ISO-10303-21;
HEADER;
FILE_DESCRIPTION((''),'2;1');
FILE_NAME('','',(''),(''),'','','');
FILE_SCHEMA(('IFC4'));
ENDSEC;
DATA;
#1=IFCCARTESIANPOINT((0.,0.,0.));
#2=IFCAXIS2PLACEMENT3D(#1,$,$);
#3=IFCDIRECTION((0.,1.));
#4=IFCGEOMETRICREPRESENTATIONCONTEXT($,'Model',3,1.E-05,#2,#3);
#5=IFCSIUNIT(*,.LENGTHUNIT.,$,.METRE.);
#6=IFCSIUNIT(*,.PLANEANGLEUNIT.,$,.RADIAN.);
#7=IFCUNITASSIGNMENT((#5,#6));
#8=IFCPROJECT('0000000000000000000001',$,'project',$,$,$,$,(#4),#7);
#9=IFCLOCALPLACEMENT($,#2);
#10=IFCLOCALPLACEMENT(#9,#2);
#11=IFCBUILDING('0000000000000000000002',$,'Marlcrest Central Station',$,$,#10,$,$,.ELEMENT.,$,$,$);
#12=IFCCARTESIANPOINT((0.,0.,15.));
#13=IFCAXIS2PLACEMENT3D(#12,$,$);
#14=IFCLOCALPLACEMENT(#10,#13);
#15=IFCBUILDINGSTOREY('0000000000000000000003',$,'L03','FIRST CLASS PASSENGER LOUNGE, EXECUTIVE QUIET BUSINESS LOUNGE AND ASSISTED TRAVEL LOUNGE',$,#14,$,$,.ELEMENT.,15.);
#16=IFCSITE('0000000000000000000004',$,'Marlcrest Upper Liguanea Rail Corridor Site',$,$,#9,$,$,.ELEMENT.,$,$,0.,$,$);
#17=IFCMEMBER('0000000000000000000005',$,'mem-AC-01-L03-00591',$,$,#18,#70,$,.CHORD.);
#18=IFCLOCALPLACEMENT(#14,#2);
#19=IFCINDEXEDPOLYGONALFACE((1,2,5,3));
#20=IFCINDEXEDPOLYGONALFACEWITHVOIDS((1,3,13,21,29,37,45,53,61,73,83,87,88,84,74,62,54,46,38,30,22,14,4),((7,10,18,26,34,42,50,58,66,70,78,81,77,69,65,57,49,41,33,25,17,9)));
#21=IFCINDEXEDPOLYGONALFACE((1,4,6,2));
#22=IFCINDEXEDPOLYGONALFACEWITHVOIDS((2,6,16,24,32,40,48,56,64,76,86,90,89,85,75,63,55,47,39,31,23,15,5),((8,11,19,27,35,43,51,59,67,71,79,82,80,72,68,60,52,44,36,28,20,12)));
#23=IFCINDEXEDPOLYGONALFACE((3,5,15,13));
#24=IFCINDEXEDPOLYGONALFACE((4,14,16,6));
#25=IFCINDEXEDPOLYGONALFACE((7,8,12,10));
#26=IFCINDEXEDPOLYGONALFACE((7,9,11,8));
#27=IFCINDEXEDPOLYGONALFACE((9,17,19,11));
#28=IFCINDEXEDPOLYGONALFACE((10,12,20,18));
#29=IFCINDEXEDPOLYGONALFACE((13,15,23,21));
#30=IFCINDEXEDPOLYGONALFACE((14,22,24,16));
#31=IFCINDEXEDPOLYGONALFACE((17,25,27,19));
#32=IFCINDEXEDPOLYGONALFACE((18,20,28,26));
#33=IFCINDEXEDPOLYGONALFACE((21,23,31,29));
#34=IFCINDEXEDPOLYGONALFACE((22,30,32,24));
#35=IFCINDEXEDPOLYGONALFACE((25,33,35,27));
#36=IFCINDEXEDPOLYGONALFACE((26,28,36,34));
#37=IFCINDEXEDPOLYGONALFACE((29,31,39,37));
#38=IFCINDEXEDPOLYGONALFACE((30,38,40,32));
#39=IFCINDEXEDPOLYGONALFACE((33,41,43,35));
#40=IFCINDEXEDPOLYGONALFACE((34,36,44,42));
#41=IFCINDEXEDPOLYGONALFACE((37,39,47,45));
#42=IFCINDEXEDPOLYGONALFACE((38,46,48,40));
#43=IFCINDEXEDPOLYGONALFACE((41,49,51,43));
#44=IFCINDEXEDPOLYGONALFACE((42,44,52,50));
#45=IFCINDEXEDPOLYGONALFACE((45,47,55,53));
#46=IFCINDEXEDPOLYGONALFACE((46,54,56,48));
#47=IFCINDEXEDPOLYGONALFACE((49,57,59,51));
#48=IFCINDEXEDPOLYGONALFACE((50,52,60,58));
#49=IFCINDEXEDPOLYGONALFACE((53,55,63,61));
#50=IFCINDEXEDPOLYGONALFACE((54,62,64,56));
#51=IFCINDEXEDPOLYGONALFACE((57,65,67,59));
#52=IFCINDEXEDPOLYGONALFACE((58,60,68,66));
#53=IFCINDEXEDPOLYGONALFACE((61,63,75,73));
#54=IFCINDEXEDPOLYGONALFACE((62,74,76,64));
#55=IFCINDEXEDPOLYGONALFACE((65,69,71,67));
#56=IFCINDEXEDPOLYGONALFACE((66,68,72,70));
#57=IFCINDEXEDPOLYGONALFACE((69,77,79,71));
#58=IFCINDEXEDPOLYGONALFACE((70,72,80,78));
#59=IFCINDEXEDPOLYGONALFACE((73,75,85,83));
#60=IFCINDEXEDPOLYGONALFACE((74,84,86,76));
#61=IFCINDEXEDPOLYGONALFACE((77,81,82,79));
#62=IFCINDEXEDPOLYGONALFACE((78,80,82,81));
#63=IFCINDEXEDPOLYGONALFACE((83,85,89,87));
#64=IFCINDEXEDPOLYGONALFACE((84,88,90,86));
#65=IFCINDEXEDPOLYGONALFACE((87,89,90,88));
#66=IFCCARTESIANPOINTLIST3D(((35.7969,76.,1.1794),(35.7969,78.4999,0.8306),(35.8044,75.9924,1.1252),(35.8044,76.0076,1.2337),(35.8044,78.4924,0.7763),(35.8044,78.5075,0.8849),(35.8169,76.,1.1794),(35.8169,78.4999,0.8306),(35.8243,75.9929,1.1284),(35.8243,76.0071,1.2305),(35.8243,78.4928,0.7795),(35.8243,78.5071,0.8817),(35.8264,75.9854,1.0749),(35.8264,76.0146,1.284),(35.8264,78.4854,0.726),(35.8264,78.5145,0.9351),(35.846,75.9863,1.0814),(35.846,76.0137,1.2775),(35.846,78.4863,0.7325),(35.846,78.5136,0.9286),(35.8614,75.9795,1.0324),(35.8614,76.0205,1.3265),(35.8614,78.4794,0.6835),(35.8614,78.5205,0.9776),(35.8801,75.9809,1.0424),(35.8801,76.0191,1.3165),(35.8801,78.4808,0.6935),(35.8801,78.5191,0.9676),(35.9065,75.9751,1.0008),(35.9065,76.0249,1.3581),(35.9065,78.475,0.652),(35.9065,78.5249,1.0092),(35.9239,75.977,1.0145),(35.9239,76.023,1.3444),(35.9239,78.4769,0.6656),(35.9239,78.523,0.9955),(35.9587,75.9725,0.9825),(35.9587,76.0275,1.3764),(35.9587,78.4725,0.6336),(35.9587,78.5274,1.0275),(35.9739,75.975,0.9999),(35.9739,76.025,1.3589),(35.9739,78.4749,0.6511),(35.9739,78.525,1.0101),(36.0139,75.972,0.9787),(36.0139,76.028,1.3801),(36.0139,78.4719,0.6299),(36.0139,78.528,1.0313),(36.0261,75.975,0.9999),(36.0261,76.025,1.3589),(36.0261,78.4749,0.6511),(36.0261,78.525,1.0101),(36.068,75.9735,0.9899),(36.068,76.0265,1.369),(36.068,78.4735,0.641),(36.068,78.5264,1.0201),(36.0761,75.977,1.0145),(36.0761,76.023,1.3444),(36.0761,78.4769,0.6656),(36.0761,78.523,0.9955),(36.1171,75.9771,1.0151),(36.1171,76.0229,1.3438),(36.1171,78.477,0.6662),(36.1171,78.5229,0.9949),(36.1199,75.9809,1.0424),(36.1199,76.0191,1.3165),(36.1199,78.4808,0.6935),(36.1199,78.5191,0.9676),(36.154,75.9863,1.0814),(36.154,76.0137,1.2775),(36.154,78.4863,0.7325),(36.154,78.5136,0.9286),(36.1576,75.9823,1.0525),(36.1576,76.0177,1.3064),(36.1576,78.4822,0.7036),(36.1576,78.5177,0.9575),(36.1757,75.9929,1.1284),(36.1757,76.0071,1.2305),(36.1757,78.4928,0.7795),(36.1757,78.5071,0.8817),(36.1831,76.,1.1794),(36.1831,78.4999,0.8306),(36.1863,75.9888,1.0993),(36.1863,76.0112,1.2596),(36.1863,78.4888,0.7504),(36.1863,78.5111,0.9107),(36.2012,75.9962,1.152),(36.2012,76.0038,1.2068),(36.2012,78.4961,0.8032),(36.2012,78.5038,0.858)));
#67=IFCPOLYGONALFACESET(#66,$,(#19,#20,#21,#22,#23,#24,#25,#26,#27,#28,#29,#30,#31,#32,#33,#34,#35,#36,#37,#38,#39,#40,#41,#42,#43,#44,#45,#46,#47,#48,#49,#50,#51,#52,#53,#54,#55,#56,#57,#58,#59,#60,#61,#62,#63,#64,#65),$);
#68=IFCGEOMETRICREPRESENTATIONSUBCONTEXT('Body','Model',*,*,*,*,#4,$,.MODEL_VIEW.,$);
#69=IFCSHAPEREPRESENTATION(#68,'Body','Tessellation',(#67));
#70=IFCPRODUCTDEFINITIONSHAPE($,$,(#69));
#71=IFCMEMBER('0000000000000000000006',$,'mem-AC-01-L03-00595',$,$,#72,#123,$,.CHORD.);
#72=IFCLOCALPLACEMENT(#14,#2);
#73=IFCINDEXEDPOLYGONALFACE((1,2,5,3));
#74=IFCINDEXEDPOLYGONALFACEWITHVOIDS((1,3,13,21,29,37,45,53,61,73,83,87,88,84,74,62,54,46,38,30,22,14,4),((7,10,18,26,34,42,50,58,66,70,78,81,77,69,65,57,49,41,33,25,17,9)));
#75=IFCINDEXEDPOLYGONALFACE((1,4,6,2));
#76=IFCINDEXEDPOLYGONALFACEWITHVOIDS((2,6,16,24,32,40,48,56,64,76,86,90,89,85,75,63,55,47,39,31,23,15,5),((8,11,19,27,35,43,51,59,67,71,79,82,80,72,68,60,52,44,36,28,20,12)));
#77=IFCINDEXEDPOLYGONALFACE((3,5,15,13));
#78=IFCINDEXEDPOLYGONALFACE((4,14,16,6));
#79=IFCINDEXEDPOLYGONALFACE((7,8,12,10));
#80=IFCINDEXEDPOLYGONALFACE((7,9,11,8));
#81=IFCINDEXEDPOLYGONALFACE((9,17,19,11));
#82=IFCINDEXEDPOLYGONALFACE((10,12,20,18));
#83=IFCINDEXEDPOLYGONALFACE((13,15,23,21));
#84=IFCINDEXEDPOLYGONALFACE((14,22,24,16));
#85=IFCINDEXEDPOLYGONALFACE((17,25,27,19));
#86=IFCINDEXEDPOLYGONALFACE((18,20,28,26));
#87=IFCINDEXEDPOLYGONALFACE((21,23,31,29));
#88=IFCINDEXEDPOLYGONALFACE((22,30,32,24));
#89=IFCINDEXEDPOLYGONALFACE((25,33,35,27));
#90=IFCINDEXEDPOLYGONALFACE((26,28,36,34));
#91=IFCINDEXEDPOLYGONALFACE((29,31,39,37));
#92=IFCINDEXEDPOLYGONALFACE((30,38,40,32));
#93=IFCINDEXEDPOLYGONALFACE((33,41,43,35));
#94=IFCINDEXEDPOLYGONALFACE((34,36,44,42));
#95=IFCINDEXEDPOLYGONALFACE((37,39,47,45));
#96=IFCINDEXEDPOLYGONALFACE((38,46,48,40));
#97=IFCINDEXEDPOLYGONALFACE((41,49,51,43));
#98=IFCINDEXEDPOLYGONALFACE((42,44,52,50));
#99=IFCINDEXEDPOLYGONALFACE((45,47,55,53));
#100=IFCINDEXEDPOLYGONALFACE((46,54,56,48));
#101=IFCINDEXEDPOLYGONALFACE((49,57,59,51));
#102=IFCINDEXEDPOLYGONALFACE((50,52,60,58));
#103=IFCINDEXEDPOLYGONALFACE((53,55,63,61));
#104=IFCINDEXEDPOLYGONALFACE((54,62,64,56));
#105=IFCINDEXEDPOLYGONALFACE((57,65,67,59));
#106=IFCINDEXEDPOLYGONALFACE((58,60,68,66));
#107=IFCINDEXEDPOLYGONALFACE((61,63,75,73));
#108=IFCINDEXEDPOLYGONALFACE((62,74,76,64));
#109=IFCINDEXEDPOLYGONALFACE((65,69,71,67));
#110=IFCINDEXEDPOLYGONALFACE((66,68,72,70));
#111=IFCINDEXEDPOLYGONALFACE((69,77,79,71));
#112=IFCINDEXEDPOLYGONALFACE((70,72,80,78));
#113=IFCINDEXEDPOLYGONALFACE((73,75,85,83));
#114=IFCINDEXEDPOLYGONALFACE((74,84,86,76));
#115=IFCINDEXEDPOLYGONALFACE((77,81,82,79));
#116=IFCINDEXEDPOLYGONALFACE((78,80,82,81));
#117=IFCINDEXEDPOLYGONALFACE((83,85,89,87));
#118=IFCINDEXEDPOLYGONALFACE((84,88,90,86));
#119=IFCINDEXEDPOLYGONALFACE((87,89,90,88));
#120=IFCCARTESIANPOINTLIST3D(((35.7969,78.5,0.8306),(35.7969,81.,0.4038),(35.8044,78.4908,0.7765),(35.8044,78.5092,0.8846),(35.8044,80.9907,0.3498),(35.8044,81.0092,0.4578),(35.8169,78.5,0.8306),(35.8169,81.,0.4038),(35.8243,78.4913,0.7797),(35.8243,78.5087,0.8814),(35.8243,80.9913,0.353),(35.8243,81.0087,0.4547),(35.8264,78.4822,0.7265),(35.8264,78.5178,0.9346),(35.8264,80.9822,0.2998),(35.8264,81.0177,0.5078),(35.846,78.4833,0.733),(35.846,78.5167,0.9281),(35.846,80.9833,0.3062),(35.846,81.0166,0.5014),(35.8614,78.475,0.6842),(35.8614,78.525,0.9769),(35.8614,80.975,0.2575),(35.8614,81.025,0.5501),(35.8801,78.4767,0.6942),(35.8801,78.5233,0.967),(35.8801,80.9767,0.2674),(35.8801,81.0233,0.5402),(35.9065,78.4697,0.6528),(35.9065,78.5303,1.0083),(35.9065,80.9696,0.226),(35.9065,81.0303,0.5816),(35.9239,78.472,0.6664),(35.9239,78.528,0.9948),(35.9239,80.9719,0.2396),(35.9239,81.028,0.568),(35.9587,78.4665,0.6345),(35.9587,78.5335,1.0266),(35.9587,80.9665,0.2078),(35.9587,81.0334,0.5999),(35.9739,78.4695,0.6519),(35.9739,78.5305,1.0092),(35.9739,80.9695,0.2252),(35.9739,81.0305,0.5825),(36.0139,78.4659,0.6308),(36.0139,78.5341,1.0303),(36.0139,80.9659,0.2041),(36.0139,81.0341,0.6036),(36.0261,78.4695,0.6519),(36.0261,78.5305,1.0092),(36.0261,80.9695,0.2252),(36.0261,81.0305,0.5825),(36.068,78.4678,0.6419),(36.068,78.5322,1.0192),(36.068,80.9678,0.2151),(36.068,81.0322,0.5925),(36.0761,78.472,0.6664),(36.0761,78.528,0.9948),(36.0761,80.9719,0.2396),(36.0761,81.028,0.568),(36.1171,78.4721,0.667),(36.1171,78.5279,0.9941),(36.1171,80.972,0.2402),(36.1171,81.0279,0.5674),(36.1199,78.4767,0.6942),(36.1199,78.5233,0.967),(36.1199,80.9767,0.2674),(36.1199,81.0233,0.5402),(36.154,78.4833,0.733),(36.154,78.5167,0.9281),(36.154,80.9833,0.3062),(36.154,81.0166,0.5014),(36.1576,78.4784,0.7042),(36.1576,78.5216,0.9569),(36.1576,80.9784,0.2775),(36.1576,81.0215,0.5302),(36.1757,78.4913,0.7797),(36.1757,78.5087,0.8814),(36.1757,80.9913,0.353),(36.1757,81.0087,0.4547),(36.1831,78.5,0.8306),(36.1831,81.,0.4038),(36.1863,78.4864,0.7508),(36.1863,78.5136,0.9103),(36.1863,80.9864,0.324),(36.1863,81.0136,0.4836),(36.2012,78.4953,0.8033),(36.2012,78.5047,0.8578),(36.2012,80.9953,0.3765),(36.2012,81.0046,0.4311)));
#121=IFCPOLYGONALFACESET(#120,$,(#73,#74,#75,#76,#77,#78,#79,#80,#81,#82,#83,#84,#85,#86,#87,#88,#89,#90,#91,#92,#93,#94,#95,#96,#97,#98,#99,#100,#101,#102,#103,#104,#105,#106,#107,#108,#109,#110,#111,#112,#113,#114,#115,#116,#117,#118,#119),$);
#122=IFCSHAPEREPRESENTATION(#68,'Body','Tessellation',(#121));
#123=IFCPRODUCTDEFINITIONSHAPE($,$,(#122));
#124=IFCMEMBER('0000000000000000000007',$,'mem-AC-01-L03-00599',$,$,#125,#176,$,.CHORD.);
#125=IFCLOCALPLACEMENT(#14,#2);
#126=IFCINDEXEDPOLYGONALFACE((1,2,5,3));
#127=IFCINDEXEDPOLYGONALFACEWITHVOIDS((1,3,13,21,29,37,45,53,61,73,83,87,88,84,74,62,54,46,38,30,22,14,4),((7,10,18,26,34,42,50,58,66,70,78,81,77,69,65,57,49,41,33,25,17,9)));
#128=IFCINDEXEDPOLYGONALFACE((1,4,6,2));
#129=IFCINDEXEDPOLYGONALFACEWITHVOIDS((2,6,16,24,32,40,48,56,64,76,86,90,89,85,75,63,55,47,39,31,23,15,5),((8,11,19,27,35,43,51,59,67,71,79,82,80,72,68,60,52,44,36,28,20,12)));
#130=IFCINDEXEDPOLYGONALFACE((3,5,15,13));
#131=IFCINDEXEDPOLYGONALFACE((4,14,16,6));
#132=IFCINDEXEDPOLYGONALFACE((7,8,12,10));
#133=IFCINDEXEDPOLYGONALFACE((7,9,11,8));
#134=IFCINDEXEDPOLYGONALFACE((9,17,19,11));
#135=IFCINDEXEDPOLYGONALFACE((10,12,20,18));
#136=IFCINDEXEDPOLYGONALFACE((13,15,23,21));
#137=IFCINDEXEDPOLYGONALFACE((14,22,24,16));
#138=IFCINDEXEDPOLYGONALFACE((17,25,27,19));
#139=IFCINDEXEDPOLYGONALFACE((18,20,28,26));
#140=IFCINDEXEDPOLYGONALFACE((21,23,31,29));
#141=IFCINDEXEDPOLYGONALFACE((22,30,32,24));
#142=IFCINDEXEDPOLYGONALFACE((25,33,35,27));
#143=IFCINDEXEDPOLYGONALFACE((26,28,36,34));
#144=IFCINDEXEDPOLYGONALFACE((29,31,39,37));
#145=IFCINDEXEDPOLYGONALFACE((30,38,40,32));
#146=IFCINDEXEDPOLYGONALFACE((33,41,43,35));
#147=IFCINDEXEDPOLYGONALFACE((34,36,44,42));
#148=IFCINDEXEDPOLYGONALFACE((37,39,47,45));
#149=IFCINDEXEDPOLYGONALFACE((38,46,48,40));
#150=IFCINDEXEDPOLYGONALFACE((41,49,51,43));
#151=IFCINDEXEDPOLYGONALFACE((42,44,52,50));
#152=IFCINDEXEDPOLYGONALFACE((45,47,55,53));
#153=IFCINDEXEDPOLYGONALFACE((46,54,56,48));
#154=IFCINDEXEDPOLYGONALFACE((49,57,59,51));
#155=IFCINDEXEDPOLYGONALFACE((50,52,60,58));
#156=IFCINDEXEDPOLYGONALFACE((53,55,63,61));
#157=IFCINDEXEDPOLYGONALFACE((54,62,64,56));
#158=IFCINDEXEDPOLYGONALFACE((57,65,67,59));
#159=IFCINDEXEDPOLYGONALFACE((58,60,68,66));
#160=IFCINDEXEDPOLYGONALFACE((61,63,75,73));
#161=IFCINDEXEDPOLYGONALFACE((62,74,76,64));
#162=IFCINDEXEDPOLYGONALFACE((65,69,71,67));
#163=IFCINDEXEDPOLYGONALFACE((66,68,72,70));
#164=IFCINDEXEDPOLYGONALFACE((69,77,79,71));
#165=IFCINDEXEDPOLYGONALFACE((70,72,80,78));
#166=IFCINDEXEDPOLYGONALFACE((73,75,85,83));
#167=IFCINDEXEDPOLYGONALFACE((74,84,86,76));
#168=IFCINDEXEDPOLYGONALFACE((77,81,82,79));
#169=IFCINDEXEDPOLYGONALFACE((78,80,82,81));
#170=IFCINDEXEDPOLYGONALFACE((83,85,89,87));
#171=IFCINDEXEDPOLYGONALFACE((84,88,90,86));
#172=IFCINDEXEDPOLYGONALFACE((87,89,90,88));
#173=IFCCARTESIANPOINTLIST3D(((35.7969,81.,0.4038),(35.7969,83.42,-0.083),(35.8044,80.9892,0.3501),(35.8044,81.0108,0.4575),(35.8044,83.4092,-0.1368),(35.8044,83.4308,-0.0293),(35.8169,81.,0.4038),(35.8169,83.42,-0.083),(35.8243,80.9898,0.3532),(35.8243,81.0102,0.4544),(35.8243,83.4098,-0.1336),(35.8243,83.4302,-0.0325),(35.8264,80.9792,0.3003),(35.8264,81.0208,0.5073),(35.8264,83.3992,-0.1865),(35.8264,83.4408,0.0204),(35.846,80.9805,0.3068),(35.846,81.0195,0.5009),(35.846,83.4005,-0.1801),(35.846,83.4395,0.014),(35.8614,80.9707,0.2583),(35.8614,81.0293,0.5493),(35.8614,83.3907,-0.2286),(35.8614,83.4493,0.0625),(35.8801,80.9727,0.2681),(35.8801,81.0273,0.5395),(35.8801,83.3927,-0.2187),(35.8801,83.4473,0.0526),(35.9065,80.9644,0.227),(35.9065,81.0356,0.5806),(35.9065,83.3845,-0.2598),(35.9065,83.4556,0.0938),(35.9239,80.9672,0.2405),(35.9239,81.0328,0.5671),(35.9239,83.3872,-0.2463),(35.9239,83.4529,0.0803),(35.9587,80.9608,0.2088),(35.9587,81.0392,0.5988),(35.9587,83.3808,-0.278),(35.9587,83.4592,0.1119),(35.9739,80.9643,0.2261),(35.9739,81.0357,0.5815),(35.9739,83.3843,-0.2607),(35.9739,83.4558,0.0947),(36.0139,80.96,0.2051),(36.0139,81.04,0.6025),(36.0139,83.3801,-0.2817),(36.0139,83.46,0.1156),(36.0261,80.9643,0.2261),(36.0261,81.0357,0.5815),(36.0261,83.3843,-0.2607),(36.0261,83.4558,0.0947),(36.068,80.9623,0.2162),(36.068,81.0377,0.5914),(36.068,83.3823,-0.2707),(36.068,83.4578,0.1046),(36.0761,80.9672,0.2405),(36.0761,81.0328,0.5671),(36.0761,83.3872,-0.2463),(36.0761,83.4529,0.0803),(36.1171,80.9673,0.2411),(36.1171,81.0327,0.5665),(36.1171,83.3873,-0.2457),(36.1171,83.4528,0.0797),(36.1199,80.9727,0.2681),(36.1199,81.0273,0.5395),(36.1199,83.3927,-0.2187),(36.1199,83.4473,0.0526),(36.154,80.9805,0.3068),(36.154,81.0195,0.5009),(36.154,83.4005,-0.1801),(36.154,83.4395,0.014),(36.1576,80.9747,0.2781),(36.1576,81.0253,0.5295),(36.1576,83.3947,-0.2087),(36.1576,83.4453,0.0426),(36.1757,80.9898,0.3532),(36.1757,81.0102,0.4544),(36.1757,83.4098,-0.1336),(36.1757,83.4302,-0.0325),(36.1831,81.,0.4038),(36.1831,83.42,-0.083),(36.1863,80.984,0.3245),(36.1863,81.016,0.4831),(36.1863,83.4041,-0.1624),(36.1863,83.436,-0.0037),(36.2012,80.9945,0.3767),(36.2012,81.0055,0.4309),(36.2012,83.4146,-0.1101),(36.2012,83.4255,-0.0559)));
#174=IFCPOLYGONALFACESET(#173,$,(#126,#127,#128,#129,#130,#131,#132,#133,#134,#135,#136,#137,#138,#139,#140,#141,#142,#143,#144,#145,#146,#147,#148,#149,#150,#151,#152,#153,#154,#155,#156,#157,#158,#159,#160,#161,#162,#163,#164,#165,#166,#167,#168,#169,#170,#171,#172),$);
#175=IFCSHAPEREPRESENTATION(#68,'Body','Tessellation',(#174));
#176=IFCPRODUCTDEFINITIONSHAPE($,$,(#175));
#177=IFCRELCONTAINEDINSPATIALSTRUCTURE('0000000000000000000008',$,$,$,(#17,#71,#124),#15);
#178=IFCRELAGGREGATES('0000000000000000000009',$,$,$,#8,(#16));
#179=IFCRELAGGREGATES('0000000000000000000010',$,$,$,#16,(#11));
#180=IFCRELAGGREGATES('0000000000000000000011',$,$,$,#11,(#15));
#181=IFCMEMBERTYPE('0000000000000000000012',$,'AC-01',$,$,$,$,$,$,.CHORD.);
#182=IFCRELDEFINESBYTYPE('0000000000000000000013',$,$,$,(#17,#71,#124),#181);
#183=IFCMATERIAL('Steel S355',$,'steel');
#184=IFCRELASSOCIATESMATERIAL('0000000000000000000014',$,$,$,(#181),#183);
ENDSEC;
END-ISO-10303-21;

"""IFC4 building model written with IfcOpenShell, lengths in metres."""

from ifc_helpers import new_model, si_unit, direction, frame, origin, origin_2d, place, context, subcontext, project, spatial, hollow_circle, extrude, material, material_profile, profile_set, type_object, element, save


model = new_model("IFC4")

# Units and contexts
model_context = context("Model", 3, precision=1e-05, world=origin(), true_north=direction((0.0, 1.0)))
body_context = subcontext(model_context, "Body", "Model", "MODEL_VIEW")
ifc_project = project(units=[si_unit("LENGTHUNIT", "METRE"), si_unit("PLANEANGLEUNIT", "RADIAN")], contexts=[model_context])

# Site, building, storey
site_placement = place(None, origin())
site = spatial("IfcSite", under=ifc_project, at=site_placement, Name="Marlcrest Upper Liguanea Rail Corridor Site", CompositionType="ELEMENT", RefElevation=0.0)
building_placement = place(site_placement, origin())
building = spatial("IfcBuilding", under=site, at=building_placement, Name="Marlcrest Central Station", CompositionType="ELEMENT")
storey_placement = place(building_placement, frame((0.0, 0.0, 15.0)))
storey = spatial("IfcBuildingStorey", under=building, at=storey_placement, Name="L03", Description="FIRST CLASS PASSENGER LOUNGE, EXECUTIVE QUIET BUSINESS LOUNGE AND ASSISTED TRAVEL LOUNGE", CompositionType="ELEMENT", Elevation=15.0)

# Members
ifc_material_1 = material(Name="Steel S355", Category="steel")
ifc_material_profile_1 = material_profile(ifc_material_1, hollow_circle(Radius=0.2031, WallThickness=0.02, at=origin_2d()), Name="CHS 406.4x20")
ifc_profile_set_1 = profile_set([ifc_material_profile_1], Name="Steel S355")
member_type_1 = type_object("IfcMemberType", Name="AC-01", PredefinedType="CHORD", material=ifc_profile_set_1)
member_1_placement = place(storey_placement, frame((36.0, 76.0, 1.1794), z_axis=(0.0, 0.990403, -0.138211), x_axis=(-1.0, 0.0, 0.0)))
element("IfcMember", 1, at=member_1_placement, inside=storey, type_object=member_type_1, Name="mem-AC-01-L03-00591", PredefinedType="CHORD", context=body_context, shape_type="SweptSolid", body=[
    extrude(hollow_circle(Radius=0.2031, WallThickness=0.02, at=origin_2d()), origin(), (0.0, 0.0, 1.0), 2.5242),
])
member_2_placement = place(storey_placement, frame((36.0, 78.5, 0.8306), z_axis=(0.0, 0.985741, -0.168269), x_axis=(-1.0, 0.0, 0.0)))
element("IfcMember", 2, at=member_2_placement, inside=storey, type_object=member_type_1, Name="mem-AC-01-L03-00595", PredefinedType="CHORD", context=body_context, shape_type="SweptSolid", body=[
    extrude(hollow_circle(Radius=0.2031, WallThickness=0.02, at=origin_2d()), origin(), (0.0, 0.0, 1.0), 2.5361),
])
member_3_placement = place(storey_placement, frame((36.0, 81.0, 0.4038), z_axis=(0.0, 0.980359, -0.197219), x_axis=(-1.0, 0.0, 0.0)))
element("IfcMember", 3, at=member_3_placement, inside=storey, type_object=member_type_1, Name="mem-AC-01-L03-00599", PredefinedType="CHORD", context=body_context, shape_type="SweptSolid", body=[
    extrude(hollow_circle(Radius=0.2031, WallThickness=0.02, at=origin_2d()), origin(), (0.0, 0.0, 1.0), 2.4685),
])

save(model, "model.ifc")
